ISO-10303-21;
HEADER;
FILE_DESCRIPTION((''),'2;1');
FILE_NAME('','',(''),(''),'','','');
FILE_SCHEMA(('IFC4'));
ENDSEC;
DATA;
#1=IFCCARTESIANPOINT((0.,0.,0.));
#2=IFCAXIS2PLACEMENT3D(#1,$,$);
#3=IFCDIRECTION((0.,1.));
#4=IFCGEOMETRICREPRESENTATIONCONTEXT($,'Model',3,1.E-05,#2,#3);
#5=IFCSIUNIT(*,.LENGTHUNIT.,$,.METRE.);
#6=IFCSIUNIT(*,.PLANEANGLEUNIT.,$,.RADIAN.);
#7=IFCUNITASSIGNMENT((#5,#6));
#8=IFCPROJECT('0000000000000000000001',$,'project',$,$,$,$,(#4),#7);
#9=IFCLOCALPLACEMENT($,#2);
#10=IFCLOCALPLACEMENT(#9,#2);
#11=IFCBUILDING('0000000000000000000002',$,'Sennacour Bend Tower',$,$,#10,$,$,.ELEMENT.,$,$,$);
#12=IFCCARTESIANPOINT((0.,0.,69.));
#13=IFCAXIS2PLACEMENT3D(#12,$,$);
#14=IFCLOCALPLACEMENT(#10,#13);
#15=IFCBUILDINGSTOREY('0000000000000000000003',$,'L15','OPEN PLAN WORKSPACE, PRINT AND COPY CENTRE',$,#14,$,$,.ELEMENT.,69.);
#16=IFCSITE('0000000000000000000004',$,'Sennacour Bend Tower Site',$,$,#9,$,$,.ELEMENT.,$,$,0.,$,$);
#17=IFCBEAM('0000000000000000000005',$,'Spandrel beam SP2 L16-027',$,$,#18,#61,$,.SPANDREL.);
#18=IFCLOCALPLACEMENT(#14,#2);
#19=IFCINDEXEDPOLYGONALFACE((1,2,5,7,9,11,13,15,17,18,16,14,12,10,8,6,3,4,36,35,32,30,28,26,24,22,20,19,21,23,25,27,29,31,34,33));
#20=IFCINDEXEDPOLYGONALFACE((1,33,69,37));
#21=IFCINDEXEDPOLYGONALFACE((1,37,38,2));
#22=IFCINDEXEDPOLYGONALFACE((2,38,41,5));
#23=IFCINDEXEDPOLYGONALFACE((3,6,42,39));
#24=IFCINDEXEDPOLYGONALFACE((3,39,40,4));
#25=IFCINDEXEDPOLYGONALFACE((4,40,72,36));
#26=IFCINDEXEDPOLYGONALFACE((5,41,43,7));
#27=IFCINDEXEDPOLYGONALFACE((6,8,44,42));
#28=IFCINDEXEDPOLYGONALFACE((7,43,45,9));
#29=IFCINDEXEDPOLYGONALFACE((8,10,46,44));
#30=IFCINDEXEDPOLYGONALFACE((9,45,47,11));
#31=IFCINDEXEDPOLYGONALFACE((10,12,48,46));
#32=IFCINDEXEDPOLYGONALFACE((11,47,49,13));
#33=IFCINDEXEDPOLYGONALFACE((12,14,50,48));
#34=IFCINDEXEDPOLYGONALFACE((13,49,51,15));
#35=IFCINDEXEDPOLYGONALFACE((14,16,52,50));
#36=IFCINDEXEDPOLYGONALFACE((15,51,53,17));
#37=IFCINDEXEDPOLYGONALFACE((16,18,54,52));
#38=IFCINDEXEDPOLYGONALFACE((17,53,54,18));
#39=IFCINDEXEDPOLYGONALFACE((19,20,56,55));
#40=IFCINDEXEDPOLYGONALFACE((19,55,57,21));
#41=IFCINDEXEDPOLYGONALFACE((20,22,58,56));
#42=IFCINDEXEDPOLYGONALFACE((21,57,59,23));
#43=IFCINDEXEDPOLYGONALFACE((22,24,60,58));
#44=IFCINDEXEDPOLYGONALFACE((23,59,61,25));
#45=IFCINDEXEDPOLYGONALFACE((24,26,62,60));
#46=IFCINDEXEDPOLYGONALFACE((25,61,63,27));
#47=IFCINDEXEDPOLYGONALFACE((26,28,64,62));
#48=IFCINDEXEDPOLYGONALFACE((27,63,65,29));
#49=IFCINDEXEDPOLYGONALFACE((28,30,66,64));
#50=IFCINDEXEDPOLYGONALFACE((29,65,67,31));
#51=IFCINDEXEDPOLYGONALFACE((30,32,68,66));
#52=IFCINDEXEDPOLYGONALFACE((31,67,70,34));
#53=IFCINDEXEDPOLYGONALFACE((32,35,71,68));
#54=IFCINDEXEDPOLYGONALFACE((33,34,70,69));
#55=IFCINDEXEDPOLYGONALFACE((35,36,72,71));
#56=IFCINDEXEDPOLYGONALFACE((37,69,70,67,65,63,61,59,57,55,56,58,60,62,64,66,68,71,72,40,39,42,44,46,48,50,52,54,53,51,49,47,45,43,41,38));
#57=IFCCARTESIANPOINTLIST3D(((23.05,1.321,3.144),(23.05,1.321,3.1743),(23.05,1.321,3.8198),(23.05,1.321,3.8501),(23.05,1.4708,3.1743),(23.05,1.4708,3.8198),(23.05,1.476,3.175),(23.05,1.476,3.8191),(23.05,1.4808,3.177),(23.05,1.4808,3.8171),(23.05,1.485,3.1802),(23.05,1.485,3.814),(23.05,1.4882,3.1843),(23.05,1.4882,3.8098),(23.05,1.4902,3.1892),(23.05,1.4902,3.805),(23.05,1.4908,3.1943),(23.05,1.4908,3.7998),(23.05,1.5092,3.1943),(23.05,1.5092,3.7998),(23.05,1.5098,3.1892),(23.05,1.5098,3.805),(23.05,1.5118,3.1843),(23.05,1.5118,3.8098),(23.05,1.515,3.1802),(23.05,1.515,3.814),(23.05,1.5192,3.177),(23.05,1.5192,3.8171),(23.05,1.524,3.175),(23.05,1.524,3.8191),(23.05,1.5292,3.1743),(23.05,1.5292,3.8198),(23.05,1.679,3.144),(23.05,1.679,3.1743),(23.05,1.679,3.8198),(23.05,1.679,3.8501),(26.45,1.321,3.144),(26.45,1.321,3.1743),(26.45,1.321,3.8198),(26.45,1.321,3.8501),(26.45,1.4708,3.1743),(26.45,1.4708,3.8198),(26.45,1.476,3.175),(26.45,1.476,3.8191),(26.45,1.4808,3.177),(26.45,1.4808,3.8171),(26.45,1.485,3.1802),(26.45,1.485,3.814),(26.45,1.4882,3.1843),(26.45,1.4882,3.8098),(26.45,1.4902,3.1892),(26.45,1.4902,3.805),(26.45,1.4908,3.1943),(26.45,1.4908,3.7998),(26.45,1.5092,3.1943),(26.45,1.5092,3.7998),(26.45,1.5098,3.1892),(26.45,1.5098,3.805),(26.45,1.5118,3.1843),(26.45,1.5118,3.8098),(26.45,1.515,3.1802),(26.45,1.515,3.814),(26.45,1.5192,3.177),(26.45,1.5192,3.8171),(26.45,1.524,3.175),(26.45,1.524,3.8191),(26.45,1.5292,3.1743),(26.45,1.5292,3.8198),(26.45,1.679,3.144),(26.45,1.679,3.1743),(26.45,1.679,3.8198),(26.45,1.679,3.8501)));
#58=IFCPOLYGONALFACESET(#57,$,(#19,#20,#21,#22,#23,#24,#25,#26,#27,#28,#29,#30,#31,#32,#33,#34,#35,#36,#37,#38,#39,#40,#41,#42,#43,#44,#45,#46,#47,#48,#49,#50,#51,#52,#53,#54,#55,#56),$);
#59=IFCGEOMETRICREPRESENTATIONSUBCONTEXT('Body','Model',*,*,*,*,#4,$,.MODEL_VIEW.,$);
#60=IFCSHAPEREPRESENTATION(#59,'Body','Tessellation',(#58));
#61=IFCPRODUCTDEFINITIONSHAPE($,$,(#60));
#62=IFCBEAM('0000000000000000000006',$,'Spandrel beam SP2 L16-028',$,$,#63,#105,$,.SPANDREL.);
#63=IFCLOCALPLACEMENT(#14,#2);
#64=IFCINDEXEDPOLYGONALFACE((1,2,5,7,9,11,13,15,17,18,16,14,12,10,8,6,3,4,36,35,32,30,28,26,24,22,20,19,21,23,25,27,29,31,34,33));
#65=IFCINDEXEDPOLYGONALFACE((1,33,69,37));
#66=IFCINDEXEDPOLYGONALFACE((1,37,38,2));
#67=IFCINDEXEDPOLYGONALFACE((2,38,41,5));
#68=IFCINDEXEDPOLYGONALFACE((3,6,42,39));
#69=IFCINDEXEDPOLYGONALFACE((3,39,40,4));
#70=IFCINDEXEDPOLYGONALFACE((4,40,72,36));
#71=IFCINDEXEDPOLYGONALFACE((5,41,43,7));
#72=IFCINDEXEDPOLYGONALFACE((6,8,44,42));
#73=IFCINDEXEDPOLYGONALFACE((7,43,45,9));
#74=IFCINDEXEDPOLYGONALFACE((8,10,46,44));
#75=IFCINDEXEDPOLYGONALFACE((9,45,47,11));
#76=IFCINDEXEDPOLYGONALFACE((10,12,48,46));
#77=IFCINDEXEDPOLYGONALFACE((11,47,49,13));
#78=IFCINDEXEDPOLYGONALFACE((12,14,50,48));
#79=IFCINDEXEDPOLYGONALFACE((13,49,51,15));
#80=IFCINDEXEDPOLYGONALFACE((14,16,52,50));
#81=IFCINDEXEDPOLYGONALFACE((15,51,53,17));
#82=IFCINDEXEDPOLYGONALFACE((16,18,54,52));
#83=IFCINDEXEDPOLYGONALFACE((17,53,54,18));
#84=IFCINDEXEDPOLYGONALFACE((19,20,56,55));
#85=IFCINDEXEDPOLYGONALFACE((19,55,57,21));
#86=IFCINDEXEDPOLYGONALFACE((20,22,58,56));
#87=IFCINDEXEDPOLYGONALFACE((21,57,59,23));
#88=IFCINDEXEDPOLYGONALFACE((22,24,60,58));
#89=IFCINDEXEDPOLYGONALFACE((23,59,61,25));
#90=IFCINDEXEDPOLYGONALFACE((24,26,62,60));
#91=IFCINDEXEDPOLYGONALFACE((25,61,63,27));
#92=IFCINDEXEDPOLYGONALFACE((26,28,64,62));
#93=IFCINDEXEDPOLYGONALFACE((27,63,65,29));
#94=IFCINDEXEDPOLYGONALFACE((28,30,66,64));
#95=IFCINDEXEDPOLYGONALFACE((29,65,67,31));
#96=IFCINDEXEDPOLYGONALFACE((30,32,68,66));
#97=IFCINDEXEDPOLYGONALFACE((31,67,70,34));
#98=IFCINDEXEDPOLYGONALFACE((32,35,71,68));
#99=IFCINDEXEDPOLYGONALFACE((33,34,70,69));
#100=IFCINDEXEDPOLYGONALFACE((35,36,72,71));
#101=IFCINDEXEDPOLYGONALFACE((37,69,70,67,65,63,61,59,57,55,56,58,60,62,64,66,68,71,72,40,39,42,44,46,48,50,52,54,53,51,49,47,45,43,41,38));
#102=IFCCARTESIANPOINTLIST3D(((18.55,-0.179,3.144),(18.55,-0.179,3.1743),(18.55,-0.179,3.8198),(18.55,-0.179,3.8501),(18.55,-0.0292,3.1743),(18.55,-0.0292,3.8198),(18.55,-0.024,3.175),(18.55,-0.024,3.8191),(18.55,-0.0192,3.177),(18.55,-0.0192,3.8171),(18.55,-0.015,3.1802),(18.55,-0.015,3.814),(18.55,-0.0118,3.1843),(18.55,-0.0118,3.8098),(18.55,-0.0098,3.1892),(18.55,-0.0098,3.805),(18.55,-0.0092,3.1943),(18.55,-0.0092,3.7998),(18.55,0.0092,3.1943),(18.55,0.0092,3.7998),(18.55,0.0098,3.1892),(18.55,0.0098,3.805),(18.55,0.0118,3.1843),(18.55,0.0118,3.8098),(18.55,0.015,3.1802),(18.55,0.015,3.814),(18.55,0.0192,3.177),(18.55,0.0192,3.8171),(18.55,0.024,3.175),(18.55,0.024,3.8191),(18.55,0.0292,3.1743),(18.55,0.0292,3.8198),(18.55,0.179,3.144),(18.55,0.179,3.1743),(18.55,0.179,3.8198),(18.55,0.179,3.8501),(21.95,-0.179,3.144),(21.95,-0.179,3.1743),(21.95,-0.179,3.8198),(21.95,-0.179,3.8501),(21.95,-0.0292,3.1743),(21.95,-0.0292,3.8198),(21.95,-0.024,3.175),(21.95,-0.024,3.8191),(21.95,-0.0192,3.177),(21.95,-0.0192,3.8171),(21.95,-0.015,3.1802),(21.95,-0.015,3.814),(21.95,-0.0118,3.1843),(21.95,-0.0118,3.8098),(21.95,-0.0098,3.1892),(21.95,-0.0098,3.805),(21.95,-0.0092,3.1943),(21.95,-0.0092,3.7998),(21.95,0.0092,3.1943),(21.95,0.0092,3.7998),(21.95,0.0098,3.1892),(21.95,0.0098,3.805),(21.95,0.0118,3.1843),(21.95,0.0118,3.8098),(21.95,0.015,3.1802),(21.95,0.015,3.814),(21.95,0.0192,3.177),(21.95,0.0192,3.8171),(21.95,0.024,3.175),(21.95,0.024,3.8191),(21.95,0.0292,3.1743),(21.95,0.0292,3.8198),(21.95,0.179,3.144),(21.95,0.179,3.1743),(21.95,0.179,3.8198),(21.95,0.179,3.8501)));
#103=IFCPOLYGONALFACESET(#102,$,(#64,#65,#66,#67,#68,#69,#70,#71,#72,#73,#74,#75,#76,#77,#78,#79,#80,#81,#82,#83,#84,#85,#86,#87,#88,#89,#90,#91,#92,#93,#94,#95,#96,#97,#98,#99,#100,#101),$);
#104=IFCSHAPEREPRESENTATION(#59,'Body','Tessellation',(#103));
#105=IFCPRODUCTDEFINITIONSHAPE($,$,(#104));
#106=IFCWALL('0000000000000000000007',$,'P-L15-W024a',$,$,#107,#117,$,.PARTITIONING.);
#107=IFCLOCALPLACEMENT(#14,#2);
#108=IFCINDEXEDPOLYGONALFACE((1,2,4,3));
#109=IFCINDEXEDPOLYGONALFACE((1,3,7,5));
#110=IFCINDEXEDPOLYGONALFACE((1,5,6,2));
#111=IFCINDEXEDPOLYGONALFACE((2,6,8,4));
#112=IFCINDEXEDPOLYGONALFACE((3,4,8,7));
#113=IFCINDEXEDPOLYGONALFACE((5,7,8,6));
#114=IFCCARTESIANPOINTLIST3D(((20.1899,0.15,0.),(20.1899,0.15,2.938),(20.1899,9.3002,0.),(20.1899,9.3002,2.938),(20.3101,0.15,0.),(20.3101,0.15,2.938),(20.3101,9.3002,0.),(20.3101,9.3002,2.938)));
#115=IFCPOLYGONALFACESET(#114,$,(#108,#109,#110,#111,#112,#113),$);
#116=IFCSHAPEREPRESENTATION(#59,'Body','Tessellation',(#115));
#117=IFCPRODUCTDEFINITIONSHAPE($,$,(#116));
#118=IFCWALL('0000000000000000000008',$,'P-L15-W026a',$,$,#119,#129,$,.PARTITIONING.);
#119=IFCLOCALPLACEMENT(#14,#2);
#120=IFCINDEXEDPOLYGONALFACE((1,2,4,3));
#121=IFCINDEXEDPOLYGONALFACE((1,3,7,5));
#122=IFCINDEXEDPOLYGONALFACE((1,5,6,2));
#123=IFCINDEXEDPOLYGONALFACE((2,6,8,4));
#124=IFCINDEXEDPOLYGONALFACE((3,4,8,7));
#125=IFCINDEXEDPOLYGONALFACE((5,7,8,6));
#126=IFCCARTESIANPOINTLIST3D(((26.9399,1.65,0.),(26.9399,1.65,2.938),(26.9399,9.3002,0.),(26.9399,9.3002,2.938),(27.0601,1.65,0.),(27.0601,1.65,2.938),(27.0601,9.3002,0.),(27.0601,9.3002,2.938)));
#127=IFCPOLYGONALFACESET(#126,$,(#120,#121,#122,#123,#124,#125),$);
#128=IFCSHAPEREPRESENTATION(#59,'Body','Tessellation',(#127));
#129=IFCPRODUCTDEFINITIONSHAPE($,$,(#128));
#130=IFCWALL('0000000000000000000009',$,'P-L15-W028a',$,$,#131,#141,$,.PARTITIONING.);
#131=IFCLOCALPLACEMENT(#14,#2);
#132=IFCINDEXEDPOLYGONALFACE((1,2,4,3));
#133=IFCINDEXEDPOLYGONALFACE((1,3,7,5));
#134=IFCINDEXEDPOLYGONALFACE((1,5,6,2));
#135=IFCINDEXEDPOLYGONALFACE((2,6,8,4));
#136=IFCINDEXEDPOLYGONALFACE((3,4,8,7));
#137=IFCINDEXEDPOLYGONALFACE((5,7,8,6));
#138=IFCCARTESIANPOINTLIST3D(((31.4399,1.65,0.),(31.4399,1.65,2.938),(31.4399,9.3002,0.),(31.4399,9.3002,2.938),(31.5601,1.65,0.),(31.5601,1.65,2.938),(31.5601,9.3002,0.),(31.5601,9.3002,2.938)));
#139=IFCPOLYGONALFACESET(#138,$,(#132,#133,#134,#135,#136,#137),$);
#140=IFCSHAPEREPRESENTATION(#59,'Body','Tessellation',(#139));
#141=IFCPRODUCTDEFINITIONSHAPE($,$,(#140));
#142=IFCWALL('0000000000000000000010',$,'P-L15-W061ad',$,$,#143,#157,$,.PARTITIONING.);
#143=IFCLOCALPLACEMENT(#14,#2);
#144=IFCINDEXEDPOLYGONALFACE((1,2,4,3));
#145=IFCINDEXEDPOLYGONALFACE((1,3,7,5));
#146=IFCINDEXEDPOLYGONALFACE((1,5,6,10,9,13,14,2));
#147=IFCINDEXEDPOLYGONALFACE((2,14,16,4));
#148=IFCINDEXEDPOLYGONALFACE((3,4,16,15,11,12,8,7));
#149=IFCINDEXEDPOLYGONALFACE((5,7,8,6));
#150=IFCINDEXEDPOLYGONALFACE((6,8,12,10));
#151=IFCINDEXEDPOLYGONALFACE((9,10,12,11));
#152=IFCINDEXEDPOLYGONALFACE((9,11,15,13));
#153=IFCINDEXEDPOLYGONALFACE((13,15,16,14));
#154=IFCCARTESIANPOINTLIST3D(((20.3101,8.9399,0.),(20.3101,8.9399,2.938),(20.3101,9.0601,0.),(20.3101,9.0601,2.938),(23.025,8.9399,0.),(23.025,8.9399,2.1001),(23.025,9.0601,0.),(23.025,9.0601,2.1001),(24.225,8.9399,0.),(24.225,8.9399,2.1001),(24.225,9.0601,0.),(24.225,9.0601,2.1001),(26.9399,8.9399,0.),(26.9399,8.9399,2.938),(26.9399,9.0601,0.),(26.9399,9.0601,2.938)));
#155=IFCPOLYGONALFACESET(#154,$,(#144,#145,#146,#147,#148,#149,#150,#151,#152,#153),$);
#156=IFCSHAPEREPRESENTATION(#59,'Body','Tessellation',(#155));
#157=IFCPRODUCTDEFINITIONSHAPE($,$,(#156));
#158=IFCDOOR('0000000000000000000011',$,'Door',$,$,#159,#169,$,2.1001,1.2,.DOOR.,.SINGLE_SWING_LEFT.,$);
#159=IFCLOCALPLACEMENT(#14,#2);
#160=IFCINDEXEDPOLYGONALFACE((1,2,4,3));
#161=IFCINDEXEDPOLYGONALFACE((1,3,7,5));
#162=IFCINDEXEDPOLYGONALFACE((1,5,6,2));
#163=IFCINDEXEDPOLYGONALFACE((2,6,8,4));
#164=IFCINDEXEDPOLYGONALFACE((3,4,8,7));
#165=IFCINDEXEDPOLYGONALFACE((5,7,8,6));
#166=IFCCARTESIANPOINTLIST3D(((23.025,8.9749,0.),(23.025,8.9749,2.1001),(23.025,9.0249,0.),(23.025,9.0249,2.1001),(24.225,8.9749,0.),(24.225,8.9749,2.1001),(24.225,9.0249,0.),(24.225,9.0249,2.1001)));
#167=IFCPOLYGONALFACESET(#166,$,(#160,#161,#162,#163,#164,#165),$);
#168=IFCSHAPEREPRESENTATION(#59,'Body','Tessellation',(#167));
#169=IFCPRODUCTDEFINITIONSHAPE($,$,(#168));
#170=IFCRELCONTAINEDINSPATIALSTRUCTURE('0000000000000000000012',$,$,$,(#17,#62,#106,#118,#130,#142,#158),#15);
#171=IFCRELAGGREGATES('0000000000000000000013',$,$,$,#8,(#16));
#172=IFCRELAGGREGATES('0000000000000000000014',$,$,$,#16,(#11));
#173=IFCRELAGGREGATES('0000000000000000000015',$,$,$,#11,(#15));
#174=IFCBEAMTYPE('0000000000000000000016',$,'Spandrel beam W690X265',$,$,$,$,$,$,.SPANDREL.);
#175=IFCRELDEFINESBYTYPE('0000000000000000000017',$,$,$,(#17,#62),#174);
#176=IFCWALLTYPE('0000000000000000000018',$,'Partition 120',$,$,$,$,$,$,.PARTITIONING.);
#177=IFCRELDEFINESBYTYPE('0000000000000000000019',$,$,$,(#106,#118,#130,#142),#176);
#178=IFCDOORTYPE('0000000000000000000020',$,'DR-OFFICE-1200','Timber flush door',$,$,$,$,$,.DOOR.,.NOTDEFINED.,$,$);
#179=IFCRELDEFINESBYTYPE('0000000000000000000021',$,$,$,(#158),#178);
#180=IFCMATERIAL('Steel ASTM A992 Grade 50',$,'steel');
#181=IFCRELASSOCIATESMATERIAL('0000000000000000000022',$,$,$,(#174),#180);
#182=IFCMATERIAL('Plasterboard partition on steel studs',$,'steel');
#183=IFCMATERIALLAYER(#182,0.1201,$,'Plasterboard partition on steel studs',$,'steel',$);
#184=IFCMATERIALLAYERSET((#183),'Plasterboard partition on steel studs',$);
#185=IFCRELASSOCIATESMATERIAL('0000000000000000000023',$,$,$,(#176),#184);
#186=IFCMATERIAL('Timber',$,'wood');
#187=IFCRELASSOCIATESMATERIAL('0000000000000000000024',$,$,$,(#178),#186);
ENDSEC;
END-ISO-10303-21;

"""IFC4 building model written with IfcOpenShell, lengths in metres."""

from ifc_helpers import new_model, si_unit, direction, frame, frame_2d, origin, origin_2d, place, context, subcontext, project, spatial, rectangle, i_section, extrude, material, layer, layer_set, material_profile, profile_set, type_object, element, fill, save


model = new_model("IFC4")

# Units and contexts
model_context = context("Model", 3, precision=1e-05, world=origin(), true_north=direction((0.0, 1.0)))
body_context = subcontext(model_context, "Body", "Model", "MODEL_VIEW")
ifc_project = project(units=[si_unit("LENGTHUNIT", "METRE"), si_unit("PLANEANGLEUNIT", "RADIAN")], contexts=[model_context])

# Site, building, storey
site_placement = place(None, origin())
site = spatial("IfcSite", under=ifc_project, at=site_placement, Name="Sennacour Bend Tower Site", CompositionType="ELEMENT", RefElevation=0.0)
building_placement = place(site_placement, origin())
building = spatial("IfcBuilding", under=site, at=building_placement, Name="Sennacour Bend Tower", CompositionType="ELEMENT")
storey_placement = place(building_placement, frame((0.0, 0.0, 69.0)))
storey = spatial("IfcBuildingStorey", under=building, at=storey_placement, Name="L15", Description="OPEN PLAN WORKSPACE, PRINT AND COPY CENTRE", CompositionType="ELEMENT", Elevation=69.0)

# Beams
ifc_material_1 = material(Name="Steel ASTM A992 Grade 50", Category="steel")
ifc_material_profile_1 = material_profile(ifc_material_1, i_section(OverallWidth=0.3579, OverallDepth=0.7061, WebThickness=0.0183, FlangeThickness=0.0303, FilletRadius=0.02, at=origin_2d()), Name="Steel ASTM A992 Grade 50", Category="steel")
ifc_profile_set_1 = profile_set([ifc_material_profile_1], Name="Steel ASTM A992 Grade 50")
beam_type_1 = type_object("IfcBeamType", Name="Spandrel beam W690X265", PredefinedType="SPANDREL", material=ifc_profile_set_1)
for number, where, z_axis, x_axis, name in (
    (1, (26.45, 1.5, 3.4971), (-1.0, 0.0, 0.0), (0.0, -1.0, 0.0), "Spandrel beam SP2 L16-027"),
    (2, (21.95, 0.0, 3.4971), (-1.0, 0.0, 0.0), (0.0, -1.0, 0.0), "Spandrel beam SP2 L16-028"),
):
    element("IfcBeam", number, at=place(storey_placement, frame(where, z_axis=z_axis, x_axis=x_axis)), inside=storey, type_object=beam_type_1, Name=name, PredefinedType="SPANDREL", context=body_context, shape_type="SweptSolid", body=[
        extrude(i_section(OverallWidth=0.3579, OverallDepth=0.7061, WebThickness=0.0183, FlangeThickness=0.0303, FilletRadius=0.02, at=origin_2d()), origin(), (0.0, 0.0, 1.0), 3.3999),
    ])

# Walls
ifc_material_2 = material(Name="Plasterboard partition on steel studs", Category="steel")
ifc_layer_1 = layer(ifc_material_2, 0.1201, Name="Plasterboard partition on steel studs", Category="steel")
ifc_layer_set_1 = layer_set([ifc_layer_1], Name="Plasterboard partition on steel studs")
wall_type_1 = type_object("IfcWallType", Name="Partition 120", PredefinedType="PARTITIONING", material=ifc_layer_set_1)
wall_1_placement = place(storey_placement, frame((20.25, 0.1499, 0.0), z_axis=(0.0, 0.0, 1.0), x_axis=(0.0, 1.0, 0.0)))
element("IfcWall", 3, at=wall_1_placement, inside=storey, type_object=wall_type_1, Name="P-L15-W024a", PredefinedType="PARTITIONING", context=body_context, shape_type="SweptSolid", body=[
    extrude(rectangle(XDim=9.1501, YDim=0.1201, at=frame_2d((4.5752, 0.0))), origin(), (0.0, 0.0, 1.0), 2.938),
])
for number, where, z_axis, x_axis, name in (
    (4, (27.0, 1.6499, 0.0), (0.0, 0.0, 1.0), (0.0, 1.0, 0.0), "P-L15-W026a"),
    (5, (31.5, 1.6499, 0.0), (0.0, 0.0, 1.0), (0.0, 1.0, 0.0), "P-L15-W028a"),
):
    element("IfcWall", number, at=place(storey_placement, frame(where, z_axis=z_axis, x_axis=x_axis)), inside=storey, type_object=wall_type_1, Name=name, PredefinedType="PARTITIONING", context=body_context, shape_type="SweptSolid", body=[
        extrude(rectangle(XDim=7.6501, YDim=0.1201, at=frame_2d((3.8252, 0.0))), origin(), (0.0, 0.0, 1.0), 2.938),
    ])

# Wall, opening, door
wall_2_placement = place(storey_placement, frame((20.3101, 9.0, 0.0), z_axis=(0.0, 0.0, 1.0), x_axis=(1.0, 0.0, 0.0)))
wall_2 = element("IfcWall", 6, at=wall_2_placement, inside=storey, type_object=wall_type_1, Name="P-L15-W061ad", PredefinedType="PARTITIONING", context=body_context, shape_type="SweptSolid", body=[
    extrude(rectangle(XDim=6.6299, YDim=0.1201, at=frame_2d((3.3149, 0.0))), origin(), (0.0, 0.0, 1.0), 2.938),
])
opening_1_placement = place(wall_2_placement, frame((2.7148, 0.0, 0.0)))
opening_1 = element("IfcOpeningElement", 7, at=opening_1_placement, cuts=wall_2, PredefinedType="OPENING", context=body_context, shape_type="SweptSolid", body=[
    extrude(rectangle(XDim=1.2, YDim=2.1001, at=frame_2d((0.6001, 1.05))), frame((0.0, 0.0701, 0.0), z_axis=(0.0, -1.0, 0.0), x_axis=(1.0, 0.0, 0.0)), (0.0, 0.0, 1.0), 0.1401),
])
ifc_material_3 = material(Name="Timber", Category="wood")
door_type_1 = type_object("IfcDoorType", Name="DR-OFFICE-1200", Description="Timber flush door", OperationType="NOTDEFINED", PredefinedType="DOOR", material=ifc_material_3)
door_1_placement = place(opening_1_placement, origin())
door_1 = element("IfcDoor", 8, at=door_1_placement, inside=storey, type_object=door_type_1, Name="Door", OperationType="SINGLE_SWING_LEFT", OverallHeight=2.1001, OverallWidth=1.2, PredefinedType="DOOR", context=body_context, shape_type="SweptSolid", body=[
    extrude(rectangle(XDim=1.2, YDim=2.1001, at=frame_2d((0.6001, 1.05))), frame((0.0, 0.0249, 0.0), z_axis=(0.0, -1.0, 0.0), x_axis=(1.0, 0.0, 0.0)), (0.0, 0.0, 1.0), 0.05),
])
fill(opening_1, door_1)

save(model, "model.ifc")
